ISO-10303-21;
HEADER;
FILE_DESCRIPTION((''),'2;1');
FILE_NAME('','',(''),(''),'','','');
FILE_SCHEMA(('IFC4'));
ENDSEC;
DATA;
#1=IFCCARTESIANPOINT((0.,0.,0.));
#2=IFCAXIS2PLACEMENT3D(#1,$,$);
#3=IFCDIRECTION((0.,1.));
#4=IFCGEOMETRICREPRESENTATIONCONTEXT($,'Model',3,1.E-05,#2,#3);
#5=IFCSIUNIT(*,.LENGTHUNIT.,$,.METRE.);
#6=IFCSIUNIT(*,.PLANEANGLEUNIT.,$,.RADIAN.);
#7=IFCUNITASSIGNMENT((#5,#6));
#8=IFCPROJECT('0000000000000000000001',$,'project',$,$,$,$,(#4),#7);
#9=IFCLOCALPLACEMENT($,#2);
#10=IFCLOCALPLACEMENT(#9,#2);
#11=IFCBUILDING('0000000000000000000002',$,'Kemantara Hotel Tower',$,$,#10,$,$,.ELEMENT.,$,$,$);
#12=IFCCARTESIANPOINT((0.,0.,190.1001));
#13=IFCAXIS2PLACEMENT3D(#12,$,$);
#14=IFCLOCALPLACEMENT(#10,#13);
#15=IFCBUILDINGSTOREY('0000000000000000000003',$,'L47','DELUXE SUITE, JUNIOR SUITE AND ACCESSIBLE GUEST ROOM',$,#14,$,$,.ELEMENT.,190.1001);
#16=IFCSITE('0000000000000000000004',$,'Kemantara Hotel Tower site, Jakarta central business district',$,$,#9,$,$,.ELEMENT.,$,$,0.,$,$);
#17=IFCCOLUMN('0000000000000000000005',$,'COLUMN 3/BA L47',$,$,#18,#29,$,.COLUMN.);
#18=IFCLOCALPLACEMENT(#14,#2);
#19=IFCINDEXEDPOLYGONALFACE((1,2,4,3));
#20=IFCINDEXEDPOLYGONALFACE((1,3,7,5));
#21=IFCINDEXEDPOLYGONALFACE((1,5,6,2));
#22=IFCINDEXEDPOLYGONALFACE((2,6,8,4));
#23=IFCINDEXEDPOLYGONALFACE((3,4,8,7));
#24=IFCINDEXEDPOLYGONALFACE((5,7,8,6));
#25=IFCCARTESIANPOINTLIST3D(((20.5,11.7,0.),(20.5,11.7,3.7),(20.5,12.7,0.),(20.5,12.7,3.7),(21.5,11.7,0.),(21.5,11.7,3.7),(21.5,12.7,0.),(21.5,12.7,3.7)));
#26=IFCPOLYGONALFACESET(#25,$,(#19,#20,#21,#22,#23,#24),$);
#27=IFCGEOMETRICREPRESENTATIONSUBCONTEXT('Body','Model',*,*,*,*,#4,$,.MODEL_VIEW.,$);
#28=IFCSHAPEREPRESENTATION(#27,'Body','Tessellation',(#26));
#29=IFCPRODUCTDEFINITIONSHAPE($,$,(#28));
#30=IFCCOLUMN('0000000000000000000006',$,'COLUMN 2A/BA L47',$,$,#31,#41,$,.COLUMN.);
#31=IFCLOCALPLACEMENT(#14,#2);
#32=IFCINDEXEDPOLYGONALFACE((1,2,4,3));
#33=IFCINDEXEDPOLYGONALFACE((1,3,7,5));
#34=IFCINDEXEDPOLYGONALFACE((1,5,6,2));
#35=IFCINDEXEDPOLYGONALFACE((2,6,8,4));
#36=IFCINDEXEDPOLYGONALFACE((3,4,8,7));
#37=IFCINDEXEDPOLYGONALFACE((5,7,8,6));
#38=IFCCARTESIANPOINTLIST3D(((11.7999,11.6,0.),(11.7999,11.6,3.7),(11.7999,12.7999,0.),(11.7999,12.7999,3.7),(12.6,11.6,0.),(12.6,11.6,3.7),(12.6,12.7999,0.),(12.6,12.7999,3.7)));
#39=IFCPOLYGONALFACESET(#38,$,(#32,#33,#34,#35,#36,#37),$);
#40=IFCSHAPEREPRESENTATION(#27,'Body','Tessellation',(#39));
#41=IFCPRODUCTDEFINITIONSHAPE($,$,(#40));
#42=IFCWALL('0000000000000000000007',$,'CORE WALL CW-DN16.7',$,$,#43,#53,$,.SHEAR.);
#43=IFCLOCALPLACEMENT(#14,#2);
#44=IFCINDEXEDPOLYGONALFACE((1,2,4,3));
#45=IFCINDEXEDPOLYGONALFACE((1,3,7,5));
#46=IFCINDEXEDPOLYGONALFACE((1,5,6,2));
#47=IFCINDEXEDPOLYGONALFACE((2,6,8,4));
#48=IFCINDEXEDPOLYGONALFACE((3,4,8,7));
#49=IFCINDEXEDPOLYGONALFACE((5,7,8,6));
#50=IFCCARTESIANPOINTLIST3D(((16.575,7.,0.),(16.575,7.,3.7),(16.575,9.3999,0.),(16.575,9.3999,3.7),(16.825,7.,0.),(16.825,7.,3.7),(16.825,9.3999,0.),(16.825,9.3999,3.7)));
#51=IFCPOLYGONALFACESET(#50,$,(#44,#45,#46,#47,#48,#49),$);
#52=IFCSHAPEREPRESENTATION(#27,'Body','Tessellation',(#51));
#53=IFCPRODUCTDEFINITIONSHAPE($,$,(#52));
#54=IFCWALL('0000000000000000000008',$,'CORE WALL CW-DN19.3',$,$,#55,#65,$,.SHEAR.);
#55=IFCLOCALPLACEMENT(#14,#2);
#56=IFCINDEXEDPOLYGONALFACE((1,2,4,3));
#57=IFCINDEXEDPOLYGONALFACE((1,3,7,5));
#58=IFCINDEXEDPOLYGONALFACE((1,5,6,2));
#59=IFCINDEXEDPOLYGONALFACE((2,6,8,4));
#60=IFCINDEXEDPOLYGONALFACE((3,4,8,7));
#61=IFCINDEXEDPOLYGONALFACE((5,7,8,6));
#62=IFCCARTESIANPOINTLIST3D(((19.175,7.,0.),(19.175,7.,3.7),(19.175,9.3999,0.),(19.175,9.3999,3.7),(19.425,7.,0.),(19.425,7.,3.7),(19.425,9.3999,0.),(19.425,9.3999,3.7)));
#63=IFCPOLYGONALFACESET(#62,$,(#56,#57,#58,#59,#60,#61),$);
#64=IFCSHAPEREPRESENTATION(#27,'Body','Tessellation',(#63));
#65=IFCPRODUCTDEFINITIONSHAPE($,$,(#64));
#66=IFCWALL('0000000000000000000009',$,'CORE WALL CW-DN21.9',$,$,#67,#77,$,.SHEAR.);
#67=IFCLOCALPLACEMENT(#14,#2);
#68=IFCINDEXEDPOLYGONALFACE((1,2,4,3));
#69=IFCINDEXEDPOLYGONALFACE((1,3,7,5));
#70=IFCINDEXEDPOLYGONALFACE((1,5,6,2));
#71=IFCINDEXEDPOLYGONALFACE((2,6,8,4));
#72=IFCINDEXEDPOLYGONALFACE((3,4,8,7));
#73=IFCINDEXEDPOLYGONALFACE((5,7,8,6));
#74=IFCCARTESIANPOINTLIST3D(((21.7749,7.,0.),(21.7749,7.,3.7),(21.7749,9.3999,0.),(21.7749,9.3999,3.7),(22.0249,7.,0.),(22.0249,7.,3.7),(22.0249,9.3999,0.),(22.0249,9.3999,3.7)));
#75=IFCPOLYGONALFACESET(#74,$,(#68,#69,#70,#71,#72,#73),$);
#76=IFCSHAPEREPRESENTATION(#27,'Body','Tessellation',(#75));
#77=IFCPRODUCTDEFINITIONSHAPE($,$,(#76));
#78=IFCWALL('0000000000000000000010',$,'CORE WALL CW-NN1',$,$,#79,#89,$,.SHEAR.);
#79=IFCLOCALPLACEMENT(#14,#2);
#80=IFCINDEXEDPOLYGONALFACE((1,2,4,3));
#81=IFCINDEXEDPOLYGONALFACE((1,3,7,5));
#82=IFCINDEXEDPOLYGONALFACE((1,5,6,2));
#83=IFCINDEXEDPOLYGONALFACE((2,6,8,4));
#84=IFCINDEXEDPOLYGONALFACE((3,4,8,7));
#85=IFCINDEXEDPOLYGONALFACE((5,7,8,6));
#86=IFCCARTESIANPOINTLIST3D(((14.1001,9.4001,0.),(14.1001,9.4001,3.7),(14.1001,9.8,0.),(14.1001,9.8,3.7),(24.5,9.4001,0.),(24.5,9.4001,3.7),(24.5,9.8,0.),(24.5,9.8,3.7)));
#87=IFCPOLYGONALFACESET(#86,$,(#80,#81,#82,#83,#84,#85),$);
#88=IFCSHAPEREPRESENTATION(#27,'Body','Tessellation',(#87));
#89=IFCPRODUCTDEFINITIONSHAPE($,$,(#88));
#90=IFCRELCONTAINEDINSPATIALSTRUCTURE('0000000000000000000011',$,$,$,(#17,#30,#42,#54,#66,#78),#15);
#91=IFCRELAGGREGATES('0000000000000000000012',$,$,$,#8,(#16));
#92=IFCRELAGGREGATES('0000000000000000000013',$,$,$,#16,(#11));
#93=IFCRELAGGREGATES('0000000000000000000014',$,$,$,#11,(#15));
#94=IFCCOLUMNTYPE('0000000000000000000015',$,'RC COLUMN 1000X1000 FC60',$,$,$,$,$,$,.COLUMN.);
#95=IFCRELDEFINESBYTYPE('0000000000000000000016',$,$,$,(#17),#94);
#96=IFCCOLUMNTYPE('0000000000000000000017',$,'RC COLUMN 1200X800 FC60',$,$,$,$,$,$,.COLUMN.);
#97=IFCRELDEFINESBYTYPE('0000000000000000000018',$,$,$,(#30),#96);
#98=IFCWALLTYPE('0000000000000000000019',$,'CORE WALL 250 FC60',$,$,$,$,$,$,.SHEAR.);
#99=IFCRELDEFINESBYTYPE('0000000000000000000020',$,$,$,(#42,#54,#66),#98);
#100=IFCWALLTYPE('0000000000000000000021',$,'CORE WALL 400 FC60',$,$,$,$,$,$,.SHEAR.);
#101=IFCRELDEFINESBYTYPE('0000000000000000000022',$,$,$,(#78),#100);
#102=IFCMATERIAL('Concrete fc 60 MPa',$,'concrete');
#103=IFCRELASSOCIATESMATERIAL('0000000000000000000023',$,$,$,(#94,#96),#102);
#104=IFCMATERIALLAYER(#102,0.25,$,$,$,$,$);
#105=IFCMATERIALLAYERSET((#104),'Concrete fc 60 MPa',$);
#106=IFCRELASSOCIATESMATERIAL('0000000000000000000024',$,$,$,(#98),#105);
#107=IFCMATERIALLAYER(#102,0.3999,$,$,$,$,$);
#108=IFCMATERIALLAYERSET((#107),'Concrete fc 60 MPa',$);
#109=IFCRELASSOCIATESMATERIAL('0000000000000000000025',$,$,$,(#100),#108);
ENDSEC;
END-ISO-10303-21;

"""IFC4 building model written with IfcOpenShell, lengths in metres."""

from ifc_helpers import new_model, si_unit, direction, frame, frame_2d, origin, origin_2d, place, context, subcontext, project, spatial, rectangle, extrude, material, layer, layer_set, material_profile, profile_set, type_object, element, save


model = new_model("IFC4")

# Units and contexts
model_context = context("Model", 3, precision=1e-05, world=origin(), true_north=direction((0.0, 1.0)))
body_context = subcontext(model_context, "Body", "Model", "MODEL_VIEW")
ifc_project = project(units=[si_unit("LENGTHUNIT", "METRE"), si_unit("PLANEANGLEUNIT", "RADIAN")], contexts=[model_context])

# Site, building, storey
site_placement = place(None, origin())
site = spatial("IfcSite", under=ifc_project, at=site_placement, Name="Kemantara Hotel Tower site, Jakarta central business district", CompositionType="ELEMENT", RefElevation=0.0)
building_placement = place(site_placement, origin())
building = spatial("IfcBuilding", under=site, at=building_placement, Name="Kemantara Hotel Tower", CompositionType="ELEMENT")
storey_placement = place(building_placement, frame((0.0, 0.0, 190.1001)))
storey = spatial("IfcBuildingStorey", under=building, at=storey_placement, Name="L47", Description="DELUXE SUITE, JUNIOR SUITE AND ACCESSIBLE GUEST ROOM", CompositionType="ELEMENT", Elevation=190.1001)

# Columns
ifc_material_1 = material(Name="Concrete fc 60 MPa", Category="concrete")
ifc_material_profile_1 = material_profile(ifc_material_1, rectangle(XDim=1.0, YDim=1.0, at=origin_2d()), Name="RC 1000X1000")
ifc_profile_set_1 = profile_set([ifc_material_profile_1], Name="Concrete fc 60 MPa")
column_type_1 = type_object("IfcColumnType", Name="RC COLUMN 1000X1000 FC60", PredefinedType="COLUMN", material=ifc_profile_set_1)
column_1_placement = place(storey_placement, frame((21.0, 12.2, 0.0), z_axis=(0.0, 0.0, 1.0), x_axis=(1.0, 0.0, 0.0)))
element("IfcColumn", 1, at=column_1_placement, inside=storey, type_object=column_type_1, Name="COLUMN 3/BA L47", PredefinedType="COLUMN", context=body_context, shape_type="SweptSolid", body=[
    extrude(rectangle(XDim=1.0, YDim=1.0, at=origin_2d()), origin(), (0.0, 0.0, 1.0), 3.7),
])
ifc_material_profile_2 = material_profile(ifc_material_1, rectangle(XDim=1.2, YDim=0.8, at=origin_2d()), Name="RC 1200X800")
ifc_profile_set_2 = profile_set([ifc_material_profile_2], Name="Concrete fc 60 MPa")
column_type_2 = type_object("IfcColumnType", Name="RC COLUMN 1200X800 FC60", PredefinedType="COLUMN", material=ifc_profile_set_2)
column_2_placement = place(storey_placement, frame((12.2, 12.2, 0.0), z_axis=(0.0, 0.0, 1.0), x_axis=(0.0, 1.0, 0.0)))
element("IfcColumn", 2, at=column_2_placement, inside=storey, type_object=column_type_2, Name="COLUMN 2A/BA L47", PredefinedType="COLUMN", context=body_context, shape_type="SweptSolid", body=[
    extrude(rectangle(XDim=1.2, YDim=0.8, at=origin_2d()), origin(), (0.0, 0.0, 1.0), 3.7),
])

# Walls
ifc_layer_1 = layer(ifc_material_1, 0.25)
ifc_layer_set_1 = layer_set([ifc_layer_1], Name="Concrete fc 60 MPa")
wall_type_1 = type_object("IfcWallType", Name="CORE WALL 250 FC60", PredefinedType="SHEAR", material=ifc_layer_set_1)
for number, where, z_axis, x_axis, name in (
    (3, (16.7, 7.0, 0.0), (0.0, 0.0, 1.0), (0.0, 1.0, 0.0), "CORE WALL CW-DN16.7"),
    (4, (19.3, 7.0, 0.0), (0.0, 0.0, 1.0), (0.0, 1.0, 0.0), "CORE WALL CW-DN19.3"),
    (5, (21.8999, 7.0, 0.0), (0.0, 0.0, 1.0), (0.0, 1.0, 0.0), "CORE WALL CW-DN21.9"),
):
    element("IfcWall", number, at=place(storey_placement, frame(where, z_axis=z_axis, x_axis=x_axis)), inside=storey, type_object=wall_type_1, Name=name, PredefinedType="SHEAR", context=body_context, shape_type="SweptSolid", body=[
        extrude(rectangle(XDim=2.3999, YDim=0.25, at=frame_2d((1.2, 0.0))), origin(), (0.0, 0.0, 1.0), 3.7),
    ])
ifc_layer_2 = layer(ifc_material_1, 0.3999)
ifc_layer_set_2 = layer_set([ifc_layer_2], Name="Concrete fc 60 MPa")
wall_type_2 = type_object("IfcWallType", Name="CORE WALL 400 FC60", PredefinedType="SHEAR", material=ifc_layer_set_2)
wall_1_placement = place(storey_placement, frame((14.1001, 9.6001, 0.0), z_axis=(0.0, 0.0, 1.0), x_axis=(1.0, 0.0, 0.0)))
element("IfcWall", 6, at=wall_1_placement, inside=storey, type_object=wall_type_2, Name="CORE WALL CW-NN1", PredefinedType="SHEAR", context=body_context, shape_type="SweptSolid", body=[
    extrude(rectangle(XDim=10.3999, YDim=0.3999, at=frame_2d((5.2, 0.0))), origin(), (0.0, 0.0, 1.0), 3.7),
])

save(model, "model.ifc")
